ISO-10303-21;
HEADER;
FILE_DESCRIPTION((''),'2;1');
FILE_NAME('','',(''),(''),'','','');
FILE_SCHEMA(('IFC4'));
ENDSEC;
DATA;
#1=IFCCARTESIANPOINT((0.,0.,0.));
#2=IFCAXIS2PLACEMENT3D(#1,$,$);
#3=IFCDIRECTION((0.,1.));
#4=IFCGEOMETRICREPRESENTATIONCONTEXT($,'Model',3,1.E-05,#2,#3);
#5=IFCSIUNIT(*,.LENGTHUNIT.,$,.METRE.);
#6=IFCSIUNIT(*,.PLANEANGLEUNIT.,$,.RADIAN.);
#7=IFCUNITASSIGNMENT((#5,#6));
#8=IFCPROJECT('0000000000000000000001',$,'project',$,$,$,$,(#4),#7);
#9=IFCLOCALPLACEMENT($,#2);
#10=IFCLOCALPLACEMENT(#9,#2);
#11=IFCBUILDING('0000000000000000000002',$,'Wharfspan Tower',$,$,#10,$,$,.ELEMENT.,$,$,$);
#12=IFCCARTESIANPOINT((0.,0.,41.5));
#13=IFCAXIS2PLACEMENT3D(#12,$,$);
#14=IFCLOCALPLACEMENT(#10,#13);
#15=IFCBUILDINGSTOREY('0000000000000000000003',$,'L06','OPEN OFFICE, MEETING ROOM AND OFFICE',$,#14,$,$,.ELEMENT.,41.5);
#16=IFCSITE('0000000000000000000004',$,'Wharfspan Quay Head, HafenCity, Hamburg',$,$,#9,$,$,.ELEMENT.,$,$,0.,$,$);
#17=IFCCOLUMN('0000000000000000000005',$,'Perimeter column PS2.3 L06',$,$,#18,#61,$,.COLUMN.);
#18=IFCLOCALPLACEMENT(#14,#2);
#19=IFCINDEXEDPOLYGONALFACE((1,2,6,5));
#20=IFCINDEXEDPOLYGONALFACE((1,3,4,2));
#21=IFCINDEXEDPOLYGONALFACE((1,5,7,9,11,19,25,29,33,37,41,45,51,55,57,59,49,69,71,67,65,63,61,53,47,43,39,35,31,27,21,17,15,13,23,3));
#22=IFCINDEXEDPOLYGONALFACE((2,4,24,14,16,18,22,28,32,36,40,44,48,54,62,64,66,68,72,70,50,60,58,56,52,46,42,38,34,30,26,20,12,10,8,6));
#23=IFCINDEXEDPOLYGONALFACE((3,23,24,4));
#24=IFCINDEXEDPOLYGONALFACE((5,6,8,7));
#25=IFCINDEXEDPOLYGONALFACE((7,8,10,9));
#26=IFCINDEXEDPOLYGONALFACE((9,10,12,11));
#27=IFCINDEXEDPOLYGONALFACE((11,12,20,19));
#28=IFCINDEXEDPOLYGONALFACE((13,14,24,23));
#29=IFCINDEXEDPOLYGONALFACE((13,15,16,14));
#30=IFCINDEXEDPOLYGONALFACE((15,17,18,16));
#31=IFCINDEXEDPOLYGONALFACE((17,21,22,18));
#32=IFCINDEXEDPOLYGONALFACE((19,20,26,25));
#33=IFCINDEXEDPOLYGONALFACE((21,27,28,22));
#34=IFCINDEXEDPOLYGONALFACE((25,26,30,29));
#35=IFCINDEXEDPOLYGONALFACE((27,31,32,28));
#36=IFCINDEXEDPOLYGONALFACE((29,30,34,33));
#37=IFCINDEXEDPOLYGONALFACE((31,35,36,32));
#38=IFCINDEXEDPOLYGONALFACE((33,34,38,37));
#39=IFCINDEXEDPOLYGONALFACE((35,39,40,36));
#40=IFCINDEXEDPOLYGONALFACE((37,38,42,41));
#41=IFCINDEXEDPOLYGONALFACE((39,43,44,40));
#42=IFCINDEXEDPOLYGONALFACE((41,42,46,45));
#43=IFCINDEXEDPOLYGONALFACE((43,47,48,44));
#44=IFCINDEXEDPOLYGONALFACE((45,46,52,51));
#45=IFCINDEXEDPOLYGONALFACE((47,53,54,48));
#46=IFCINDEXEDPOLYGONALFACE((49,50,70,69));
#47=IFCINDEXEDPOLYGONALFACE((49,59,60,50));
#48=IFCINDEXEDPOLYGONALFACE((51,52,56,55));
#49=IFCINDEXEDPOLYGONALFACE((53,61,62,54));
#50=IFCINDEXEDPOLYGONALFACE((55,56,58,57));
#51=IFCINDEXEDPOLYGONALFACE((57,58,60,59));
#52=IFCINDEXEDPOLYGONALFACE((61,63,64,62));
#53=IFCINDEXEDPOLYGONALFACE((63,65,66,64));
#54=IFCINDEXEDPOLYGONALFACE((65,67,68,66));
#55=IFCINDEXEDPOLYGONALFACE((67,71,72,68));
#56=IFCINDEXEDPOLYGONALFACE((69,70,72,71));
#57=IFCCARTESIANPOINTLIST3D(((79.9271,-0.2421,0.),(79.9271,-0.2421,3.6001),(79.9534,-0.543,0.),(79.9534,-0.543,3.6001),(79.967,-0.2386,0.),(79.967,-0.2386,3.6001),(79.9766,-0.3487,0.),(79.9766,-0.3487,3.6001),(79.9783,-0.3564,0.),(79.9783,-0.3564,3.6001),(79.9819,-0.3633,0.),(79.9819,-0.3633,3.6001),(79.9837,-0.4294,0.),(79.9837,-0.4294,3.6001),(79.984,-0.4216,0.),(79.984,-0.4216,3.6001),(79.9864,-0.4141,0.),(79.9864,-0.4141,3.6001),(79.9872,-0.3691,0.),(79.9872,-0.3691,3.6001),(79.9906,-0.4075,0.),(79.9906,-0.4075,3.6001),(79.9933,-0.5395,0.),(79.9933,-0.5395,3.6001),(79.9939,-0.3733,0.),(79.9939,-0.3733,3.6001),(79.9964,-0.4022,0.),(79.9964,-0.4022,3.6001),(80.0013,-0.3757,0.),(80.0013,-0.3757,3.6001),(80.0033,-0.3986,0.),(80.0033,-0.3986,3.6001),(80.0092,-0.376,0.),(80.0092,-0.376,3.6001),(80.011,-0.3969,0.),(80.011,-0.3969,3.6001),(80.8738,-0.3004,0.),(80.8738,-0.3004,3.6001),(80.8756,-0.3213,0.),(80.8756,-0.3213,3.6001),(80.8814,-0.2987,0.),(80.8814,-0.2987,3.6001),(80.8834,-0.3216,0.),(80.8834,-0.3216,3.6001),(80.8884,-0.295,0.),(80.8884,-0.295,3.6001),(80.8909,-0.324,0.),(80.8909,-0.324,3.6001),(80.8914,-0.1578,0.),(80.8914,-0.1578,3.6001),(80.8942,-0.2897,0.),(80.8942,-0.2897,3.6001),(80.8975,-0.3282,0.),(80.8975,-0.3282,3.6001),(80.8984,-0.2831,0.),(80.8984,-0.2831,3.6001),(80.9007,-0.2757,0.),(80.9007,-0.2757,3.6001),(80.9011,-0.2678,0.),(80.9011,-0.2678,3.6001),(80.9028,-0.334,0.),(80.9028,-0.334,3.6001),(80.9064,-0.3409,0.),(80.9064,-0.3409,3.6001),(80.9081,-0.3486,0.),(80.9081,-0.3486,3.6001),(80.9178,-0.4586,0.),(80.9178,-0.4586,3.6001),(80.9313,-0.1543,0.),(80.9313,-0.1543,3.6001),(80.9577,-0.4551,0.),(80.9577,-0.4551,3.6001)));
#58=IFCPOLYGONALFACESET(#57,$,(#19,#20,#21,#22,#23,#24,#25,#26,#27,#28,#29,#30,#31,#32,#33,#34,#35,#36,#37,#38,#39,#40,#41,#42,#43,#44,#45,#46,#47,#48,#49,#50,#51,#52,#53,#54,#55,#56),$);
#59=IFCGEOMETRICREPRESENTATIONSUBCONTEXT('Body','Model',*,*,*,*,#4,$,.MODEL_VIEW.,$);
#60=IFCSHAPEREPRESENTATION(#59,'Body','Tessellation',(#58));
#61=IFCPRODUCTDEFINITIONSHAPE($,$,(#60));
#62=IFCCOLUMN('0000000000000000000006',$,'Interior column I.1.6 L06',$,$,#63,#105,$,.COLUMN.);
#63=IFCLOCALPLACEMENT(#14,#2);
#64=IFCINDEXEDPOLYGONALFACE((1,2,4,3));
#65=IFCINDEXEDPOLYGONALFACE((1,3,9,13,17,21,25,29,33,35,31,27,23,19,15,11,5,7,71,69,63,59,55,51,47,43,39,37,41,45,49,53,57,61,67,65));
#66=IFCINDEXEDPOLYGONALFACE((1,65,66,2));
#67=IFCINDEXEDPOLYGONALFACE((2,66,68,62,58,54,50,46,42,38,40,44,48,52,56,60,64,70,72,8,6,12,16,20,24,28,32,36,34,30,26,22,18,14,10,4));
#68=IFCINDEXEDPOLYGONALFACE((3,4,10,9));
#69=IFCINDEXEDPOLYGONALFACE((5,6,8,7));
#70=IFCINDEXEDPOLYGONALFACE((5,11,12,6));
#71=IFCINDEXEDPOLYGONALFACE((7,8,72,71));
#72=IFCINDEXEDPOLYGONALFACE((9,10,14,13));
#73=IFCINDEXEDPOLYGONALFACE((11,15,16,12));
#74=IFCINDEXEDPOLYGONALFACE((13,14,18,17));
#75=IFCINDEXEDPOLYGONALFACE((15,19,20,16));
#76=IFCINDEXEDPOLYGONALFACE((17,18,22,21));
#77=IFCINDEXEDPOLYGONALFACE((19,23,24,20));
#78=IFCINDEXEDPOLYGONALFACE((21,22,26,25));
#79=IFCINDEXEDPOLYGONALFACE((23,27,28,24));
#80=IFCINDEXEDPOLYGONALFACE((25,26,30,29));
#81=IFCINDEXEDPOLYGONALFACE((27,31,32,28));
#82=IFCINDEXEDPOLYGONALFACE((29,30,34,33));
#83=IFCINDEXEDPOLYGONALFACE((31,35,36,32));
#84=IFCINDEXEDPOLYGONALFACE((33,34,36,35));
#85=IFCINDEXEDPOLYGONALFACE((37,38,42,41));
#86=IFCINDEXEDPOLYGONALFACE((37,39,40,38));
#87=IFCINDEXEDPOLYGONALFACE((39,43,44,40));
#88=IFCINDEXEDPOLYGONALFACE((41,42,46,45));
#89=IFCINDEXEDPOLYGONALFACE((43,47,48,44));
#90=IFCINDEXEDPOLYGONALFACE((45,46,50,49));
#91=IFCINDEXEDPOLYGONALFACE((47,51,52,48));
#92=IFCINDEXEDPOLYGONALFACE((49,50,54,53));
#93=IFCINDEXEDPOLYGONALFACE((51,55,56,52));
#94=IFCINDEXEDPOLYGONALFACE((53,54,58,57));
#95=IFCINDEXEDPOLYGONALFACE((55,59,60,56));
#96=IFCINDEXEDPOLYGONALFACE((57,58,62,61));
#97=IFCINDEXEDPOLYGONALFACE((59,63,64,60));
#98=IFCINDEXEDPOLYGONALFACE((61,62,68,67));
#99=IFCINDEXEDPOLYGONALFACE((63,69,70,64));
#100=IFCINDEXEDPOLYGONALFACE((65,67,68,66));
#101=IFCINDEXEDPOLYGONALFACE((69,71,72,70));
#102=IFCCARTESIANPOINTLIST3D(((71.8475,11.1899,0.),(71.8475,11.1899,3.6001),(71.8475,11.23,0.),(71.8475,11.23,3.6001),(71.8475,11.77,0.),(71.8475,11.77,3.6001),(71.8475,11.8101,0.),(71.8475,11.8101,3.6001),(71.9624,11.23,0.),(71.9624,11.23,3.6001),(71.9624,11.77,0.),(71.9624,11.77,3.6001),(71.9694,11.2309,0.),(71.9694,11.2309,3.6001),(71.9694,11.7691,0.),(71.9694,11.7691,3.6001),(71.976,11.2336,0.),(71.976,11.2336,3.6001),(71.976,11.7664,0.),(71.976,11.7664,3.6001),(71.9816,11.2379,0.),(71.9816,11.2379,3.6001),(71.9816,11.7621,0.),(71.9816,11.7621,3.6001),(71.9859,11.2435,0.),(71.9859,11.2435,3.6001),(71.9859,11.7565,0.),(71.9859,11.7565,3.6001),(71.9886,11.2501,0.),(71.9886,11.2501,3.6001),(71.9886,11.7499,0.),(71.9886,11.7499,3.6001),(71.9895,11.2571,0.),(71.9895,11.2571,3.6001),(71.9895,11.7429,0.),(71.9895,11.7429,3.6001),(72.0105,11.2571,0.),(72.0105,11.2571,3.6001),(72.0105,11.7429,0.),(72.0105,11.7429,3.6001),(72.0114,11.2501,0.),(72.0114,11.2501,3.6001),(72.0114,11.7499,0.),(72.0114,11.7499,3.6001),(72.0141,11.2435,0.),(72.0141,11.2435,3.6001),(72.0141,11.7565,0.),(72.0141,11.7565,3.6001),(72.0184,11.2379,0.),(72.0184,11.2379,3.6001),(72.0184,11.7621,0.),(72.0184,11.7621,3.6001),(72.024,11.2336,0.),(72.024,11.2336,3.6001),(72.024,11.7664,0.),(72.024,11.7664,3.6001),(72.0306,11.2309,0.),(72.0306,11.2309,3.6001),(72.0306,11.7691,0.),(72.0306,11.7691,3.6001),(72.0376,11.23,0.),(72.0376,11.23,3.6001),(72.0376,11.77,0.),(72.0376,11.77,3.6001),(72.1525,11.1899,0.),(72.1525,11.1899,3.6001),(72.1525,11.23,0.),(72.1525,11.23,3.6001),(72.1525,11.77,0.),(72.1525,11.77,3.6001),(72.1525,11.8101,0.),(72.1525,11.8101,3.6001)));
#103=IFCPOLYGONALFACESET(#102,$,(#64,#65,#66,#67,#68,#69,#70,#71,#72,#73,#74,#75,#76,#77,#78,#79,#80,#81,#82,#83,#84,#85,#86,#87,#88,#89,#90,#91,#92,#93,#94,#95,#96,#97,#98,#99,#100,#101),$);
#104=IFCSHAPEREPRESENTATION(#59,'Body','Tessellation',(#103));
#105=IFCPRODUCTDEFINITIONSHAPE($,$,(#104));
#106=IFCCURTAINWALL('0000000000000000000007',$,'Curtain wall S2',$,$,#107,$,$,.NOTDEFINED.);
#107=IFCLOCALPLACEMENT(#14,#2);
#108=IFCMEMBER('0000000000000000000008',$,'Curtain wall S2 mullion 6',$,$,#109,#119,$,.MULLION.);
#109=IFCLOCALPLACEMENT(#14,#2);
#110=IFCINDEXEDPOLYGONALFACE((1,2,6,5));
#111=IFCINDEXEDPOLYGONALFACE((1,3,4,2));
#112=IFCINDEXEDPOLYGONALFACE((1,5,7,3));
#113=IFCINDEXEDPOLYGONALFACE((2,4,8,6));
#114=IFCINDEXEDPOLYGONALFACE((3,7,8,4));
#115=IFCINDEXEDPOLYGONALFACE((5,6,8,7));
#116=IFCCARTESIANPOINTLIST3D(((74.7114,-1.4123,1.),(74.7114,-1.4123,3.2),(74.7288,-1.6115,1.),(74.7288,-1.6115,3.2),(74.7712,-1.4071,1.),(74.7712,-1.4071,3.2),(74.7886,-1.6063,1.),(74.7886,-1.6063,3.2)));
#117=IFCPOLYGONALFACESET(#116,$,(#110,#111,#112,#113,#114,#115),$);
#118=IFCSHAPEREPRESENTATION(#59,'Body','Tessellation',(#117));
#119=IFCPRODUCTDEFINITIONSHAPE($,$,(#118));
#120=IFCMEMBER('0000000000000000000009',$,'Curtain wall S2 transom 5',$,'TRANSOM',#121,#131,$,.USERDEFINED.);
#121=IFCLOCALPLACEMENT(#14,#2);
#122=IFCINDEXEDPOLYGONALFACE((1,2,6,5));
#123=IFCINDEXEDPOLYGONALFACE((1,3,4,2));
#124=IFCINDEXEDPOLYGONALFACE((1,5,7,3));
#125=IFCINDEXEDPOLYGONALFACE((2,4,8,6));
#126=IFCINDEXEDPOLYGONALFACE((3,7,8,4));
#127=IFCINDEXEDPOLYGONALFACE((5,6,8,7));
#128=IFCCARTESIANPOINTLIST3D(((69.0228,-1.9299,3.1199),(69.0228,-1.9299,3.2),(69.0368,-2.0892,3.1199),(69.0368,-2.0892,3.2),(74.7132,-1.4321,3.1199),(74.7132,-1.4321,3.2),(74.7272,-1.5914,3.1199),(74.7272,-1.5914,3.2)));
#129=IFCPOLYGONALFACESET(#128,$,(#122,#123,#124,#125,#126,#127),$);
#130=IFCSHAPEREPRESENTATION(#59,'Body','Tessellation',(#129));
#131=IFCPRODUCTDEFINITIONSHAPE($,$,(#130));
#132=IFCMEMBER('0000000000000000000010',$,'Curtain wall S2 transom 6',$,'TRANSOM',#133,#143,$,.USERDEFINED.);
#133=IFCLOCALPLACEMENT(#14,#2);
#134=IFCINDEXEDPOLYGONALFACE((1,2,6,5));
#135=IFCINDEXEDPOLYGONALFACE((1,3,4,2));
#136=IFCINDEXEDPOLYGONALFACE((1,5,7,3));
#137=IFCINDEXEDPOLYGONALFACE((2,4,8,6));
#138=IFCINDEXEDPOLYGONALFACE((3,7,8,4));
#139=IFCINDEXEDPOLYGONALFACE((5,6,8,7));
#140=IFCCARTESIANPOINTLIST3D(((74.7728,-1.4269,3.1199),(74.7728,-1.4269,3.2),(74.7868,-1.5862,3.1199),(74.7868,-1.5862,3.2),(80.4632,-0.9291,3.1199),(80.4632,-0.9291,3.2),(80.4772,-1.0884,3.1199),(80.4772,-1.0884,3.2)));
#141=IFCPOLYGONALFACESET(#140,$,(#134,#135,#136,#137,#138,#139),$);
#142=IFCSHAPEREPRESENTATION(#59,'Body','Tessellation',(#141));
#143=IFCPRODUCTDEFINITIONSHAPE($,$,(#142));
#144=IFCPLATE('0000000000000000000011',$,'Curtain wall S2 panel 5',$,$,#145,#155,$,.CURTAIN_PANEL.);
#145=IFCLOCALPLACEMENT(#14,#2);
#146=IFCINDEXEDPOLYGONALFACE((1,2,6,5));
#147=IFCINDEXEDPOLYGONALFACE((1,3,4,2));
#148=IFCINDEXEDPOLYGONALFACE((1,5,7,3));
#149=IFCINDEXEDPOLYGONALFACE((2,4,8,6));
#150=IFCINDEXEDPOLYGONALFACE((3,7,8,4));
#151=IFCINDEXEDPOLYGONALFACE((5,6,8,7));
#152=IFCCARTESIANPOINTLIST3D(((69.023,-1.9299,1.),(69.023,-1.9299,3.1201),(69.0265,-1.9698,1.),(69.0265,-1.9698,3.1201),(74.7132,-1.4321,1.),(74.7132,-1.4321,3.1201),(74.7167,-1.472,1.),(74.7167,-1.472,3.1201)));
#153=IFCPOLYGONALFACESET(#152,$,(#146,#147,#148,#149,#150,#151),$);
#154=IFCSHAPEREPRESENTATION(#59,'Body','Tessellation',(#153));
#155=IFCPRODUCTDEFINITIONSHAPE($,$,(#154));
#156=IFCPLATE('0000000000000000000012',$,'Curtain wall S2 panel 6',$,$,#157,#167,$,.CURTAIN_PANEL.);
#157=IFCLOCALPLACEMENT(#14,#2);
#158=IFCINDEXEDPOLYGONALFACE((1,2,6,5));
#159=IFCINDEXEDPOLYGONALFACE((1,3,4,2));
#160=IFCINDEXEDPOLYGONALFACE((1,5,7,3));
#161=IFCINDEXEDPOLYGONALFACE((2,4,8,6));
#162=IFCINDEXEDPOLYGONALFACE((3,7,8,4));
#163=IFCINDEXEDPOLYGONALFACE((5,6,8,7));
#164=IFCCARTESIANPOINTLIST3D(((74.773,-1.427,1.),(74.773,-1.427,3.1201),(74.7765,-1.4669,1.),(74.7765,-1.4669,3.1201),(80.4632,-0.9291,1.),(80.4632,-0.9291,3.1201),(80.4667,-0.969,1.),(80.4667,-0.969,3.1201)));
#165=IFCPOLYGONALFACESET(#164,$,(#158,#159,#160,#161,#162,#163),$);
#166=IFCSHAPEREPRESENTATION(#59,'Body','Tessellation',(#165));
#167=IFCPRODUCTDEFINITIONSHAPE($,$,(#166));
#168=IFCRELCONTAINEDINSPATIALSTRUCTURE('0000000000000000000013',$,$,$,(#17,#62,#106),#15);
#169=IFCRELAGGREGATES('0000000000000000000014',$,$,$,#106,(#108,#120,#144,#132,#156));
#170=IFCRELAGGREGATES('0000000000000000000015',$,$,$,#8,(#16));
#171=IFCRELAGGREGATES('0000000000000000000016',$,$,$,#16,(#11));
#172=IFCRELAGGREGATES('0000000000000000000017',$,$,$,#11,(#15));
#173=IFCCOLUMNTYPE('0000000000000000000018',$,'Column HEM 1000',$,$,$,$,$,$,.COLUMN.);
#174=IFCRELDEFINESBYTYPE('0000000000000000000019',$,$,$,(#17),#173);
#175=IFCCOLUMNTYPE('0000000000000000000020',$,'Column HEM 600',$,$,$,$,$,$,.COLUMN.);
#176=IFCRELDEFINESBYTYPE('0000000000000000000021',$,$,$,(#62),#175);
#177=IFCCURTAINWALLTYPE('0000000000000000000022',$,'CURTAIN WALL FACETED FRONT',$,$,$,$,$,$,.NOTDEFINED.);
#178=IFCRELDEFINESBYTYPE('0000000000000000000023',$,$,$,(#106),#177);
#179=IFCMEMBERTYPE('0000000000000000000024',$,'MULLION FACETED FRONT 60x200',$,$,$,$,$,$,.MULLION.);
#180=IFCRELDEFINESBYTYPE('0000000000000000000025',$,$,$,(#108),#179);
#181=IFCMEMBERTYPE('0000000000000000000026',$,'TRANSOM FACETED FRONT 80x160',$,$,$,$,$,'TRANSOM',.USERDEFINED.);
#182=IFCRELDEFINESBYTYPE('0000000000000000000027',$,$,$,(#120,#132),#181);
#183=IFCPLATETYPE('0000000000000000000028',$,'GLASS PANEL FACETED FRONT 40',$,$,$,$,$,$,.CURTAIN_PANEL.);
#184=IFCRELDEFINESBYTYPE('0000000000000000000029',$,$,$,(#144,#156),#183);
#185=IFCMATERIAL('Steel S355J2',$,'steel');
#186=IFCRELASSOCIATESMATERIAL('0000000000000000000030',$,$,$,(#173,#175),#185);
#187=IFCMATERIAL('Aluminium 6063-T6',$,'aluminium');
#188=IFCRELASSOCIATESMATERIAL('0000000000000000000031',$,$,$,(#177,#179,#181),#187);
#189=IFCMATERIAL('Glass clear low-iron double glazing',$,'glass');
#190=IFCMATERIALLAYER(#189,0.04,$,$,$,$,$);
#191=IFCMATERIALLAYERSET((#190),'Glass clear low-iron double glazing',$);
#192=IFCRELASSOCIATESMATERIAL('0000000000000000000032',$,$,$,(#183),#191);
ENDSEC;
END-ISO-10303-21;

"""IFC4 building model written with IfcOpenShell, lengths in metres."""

from ifc_helpers import new_model, si_unit, direction, frame, origin, origin_2d, place, context, subcontext, project, spatial, rectangle, i_section, extrude, material, layer, layer_set, material_profile, profile_set, type_object, element, aggregate, save


model = new_model("IFC4")

# Units and contexts
model_context = context("Model", 3, precision=1e-05, world=origin(), true_north=direction((0.0, 1.0)))
body_context = subcontext(model_context, "Body", "Model", "MODEL_VIEW")
ifc_project = project(units=[si_unit("LENGTHUNIT", "METRE"), si_unit("PLANEANGLEUNIT", "RADIAN")], contexts=[model_context])

# Site, building, storey
site_placement = place(None, origin())
site = spatial("IfcSite", under=ifc_project, at=site_placement, Name="Wharfspan Quay Head, HafenCity, Hamburg", CompositionType="ELEMENT", RefElevation=0.0)
building_placement = place(site_placement, origin())
building = spatial("IfcBuilding", under=site, at=building_placement, Name="Wharfspan Tower", CompositionType="ELEMENT")
storey_placement = place(building_placement, frame((0.0, 0.0, 41.5)))
storey = spatial("IfcBuildingStorey", under=building, at=storey_placement, Name="L06", Description="OPEN OFFICE, MEETING ROOM AND OFFICE", CompositionType="ELEMENT", Elevation=41.5)

# Columns
ifc_material_1 = material(Name="Steel S355J2", Category="steel")
ifc_material_profile_1 = material_profile(ifc_material_1, i_section(OverallWidth=0.302, OverallDepth=1.0081, WebThickness=0.021, FlangeThickness=0.04, FilletRadius=0.03, at=origin_2d()))
ifc_profile_set_1 = profile_set([ifc_material_profile_1], Name="Steel S355J2")
column_type_1 = type_object("IfcColumnType", Name="Column HEM 1000", PredefinedType="COLUMN", material=ifc_profile_set_1)
column_1_placement = place(storey_placement, frame((80.4424, -0.3486, 0.0), z_axis=(0.0, 0.0, 1.0), x_axis=(0.087156, -0.996198, 0.0)))
element("IfcColumn", 1, at=column_1_placement, inside=storey, type_object=column_type_1, Name="Perimeter column PS2.3 L06", PredefinedType="COLUMN", context=body_context, shape_type="SweptSolid", body=[
    extrude(i_section(OverallWidth=0.302, OverallDepth=1.0081, WebThickness=0.021, FlangeThickness=0.04, FilletRadius=0.03, at=origin_2d()), origin(), (0.0, 0.0, 1.0), 3.6001),
])
ifc_material_profile_2 = material_profile(ifc_material_1, i_section(OverallWidth=0.3049, OverallDepth=0.6201, WebThickness=0.021, FlangeThickness=0.04, FilletRadius=0.0271, at=origin_2d()))
ifc_profile_set_2 = profile_set([ifc_material_profile_2], Name="Steel S355J2")
column_type_2 = type_object("IfcColumnType", Name="Column HEM 600", PredefinedType="COLUMN", material=ifc_profile_set_2)
column_2_placement = place(storey_placement, frame((72.0, 11.5, 0.0), z_axis=(0.0, 0.0, 1.0), x_axis=(1.0, 0.0, 0.0)))
element("IfcColumn", 2, at=column_2_placement, inside=storey, type_object=column_type_2, Name="Interior column I.1.6 L06", PredefinedType="COLUMN", context=body_context, shape_type="SweptSolid", body=[
    extrude(i_section(OverallWidth=0.3049, OverallDepth=0.6201, WebThickness=0.021, FlangeThickness=0.04, FilletRadius=0.0271, at=origin_2d()), origin(), (0.0, 0.0, 1.0), 3.6001),
])

# Curtain wall, members, plates
ifc_material_2 = material(Name="Aluminium 6063-T6", Category="aluminium")
curtain_wall_type = type_object("IfcCurtainWallType", Name="CURTAIN WALL FACETED FRONT", PredefinedType="NOTDEFINED", material=ifc_material_2)
curtain_wall_placement = place(storey_placement, origin())
curtain_wall = element("IfcCurtainWall", 3, at=curtain_wall_placement, inside=storey, type_object=curtain_wall_type, Name="Curtain wall S2", PredefinedType="NOTDEFINED")
ifc_material_profile_3 = material_profile(ifc_material_2, rectangle(XDim=0.2, YDim=0.0601, at=origin_2d()))
ifc_profile_set_3 = profile_set([ifc_material_profile_3], Name="Aluminium 6063-T6")
member_type_1 = type_object("IfcMemberType", Name="MULLION FACETED FRONT 60x200", PredefinedType="MULLION", material=ifc_profile_set_3)
member_1_placement = place(storey_placement, frame((74.75, -1.5093, 1.0), z_axis=(0.0, 0.0, 1.0), x_axis=(-0.087156, 0.996197, 0.0)))
member_1 = element("IfcMember", 4, at=member_1_placement, type_object=member_type_1, Name="Curtain wall S2 mullion 6", PredefinedType="MULLION", context=body_context, shape_type="SweptSolid", body=[
    extrude(rectangle(XDim=0.2, YDim=0.0601, at=origin_2d()), origin(), (0.0, 0.0, 1.0), 2.2),
])
ifc_material_profile_4 = material_profile(ifc_material_2, rectangle(XDim=0.1599, YDim=0.0801, at=origin_2d()))
ifc_profile_set_4 = profile_set([ifc_material_profile_4], Name="Aluminium 6063-T6")
member_type_2 = type_object("IfcMemberType", Name="TRANSOM FACETED FRONT 80x160", ElementType="TRANSOM", PredefinedType="USERDEFINED", material=ifc_profile_set_4)
member_2_placement = place(storey_placement, frame((69.0298, -2.0095, 3.1599), z_axis=(0.996195, 0.087148, 0.0), x_axis=(-0.087148, 0.996195, 0.0)))
member_2 = element("IfcMember", 5, at=member_2_placement, type_object=member_type_2, Name="Curtain wall S2 transom 5", ObjectType="TRANSOM", PredefinedType="USERDEFINED", context=body_context, shape_type="SweptSolid", body=[
    extrude(rectangle(XDim=0.1599, YDim=0.0801, at=origin_2d()), origin(), (0.0, 0.0, 1.0), 5.7122),
])
member_3_placement = place(storey_placement, frame((74.7798, -1.5066, 3.1599), z_axis=(0.996195, 0.087148, 0.0), x_axis=(-0.087148, 0.996195, 0.0)))
member_3 = element("IfcMember", 6, at=member_3_placement, type_object=member_type_2, Name="Curtain wall S2 transom 6", ObjectType="TRANSOM", PredefinedType="USERDEFINED", context=body_context, shape_type="SweptSolid", body=[
    extrude(rectangle(XDim=0.1599, YDim=0.0801, at=origin_2d()), origin(), (0.0, 0.0, 1.0), 5.7122),
])
ifc_material_3 = material(Name="Glass clear low-iron double glazing", Category="glass")
ifc_layer_1 = layer(ifc_material_3, 0.04)
ifc_layer_set_1 = layer_set([ifc_layer_1], Name="Glass clear low-iron double glazing")
plate_type = type_object("IfcPlateType", Name="GLASS PANEL FACETED FRONT 40", PredefinedType="CURTAIN_PANEL", material=ifc_layer_set_1)
plate_1_placement = place(storey_placement, frame((71.8699, -1.7009, 1.0), z_axis=(0.0, 0.0, 1.0), x_axis=(0.996197, 0.087156, 0.0)))
plate_1 = element("IfcPlate", 7, at=plate_1_placement, type_object=plate_type, Name="Curtain wall S2 panel 5", PredefinedType="CURTAIN_PANEL", context=body_context, shape_type="SweptSolid", body=[
    extrude(rectangle(XDim=5.7119, YDim=0.04, at=origin_2d()), origin(), (0.0, 0.0, 1.0), 2.1201),
])
plate_2_placement = place(storey_placement, frame((77.6199, -1.198, 1.0), z_axis=(0.0, 0.0, 1.0), x_axis=(0.996197, 0.087156, 0.0)))
plate_2 = element("IfcPlate", 8, at=plate_2_placement, type_object=plate_type, Name="Curtain wall S2 panel 6", PredefinedType="CURTAIN_PANEL", context=body_context, shape_type="SweptSolid", body=[
    extrude(rectangle(XDim=5.7119, YDim=0.04, at=origin_2d()), origin(), (0.0, 0.0, 1.0), 2.1201),
])
aggregate(curtain_wall, [member_1, member_2, plate_1, member_3, plate_2])

save(model, "model.ifc")
